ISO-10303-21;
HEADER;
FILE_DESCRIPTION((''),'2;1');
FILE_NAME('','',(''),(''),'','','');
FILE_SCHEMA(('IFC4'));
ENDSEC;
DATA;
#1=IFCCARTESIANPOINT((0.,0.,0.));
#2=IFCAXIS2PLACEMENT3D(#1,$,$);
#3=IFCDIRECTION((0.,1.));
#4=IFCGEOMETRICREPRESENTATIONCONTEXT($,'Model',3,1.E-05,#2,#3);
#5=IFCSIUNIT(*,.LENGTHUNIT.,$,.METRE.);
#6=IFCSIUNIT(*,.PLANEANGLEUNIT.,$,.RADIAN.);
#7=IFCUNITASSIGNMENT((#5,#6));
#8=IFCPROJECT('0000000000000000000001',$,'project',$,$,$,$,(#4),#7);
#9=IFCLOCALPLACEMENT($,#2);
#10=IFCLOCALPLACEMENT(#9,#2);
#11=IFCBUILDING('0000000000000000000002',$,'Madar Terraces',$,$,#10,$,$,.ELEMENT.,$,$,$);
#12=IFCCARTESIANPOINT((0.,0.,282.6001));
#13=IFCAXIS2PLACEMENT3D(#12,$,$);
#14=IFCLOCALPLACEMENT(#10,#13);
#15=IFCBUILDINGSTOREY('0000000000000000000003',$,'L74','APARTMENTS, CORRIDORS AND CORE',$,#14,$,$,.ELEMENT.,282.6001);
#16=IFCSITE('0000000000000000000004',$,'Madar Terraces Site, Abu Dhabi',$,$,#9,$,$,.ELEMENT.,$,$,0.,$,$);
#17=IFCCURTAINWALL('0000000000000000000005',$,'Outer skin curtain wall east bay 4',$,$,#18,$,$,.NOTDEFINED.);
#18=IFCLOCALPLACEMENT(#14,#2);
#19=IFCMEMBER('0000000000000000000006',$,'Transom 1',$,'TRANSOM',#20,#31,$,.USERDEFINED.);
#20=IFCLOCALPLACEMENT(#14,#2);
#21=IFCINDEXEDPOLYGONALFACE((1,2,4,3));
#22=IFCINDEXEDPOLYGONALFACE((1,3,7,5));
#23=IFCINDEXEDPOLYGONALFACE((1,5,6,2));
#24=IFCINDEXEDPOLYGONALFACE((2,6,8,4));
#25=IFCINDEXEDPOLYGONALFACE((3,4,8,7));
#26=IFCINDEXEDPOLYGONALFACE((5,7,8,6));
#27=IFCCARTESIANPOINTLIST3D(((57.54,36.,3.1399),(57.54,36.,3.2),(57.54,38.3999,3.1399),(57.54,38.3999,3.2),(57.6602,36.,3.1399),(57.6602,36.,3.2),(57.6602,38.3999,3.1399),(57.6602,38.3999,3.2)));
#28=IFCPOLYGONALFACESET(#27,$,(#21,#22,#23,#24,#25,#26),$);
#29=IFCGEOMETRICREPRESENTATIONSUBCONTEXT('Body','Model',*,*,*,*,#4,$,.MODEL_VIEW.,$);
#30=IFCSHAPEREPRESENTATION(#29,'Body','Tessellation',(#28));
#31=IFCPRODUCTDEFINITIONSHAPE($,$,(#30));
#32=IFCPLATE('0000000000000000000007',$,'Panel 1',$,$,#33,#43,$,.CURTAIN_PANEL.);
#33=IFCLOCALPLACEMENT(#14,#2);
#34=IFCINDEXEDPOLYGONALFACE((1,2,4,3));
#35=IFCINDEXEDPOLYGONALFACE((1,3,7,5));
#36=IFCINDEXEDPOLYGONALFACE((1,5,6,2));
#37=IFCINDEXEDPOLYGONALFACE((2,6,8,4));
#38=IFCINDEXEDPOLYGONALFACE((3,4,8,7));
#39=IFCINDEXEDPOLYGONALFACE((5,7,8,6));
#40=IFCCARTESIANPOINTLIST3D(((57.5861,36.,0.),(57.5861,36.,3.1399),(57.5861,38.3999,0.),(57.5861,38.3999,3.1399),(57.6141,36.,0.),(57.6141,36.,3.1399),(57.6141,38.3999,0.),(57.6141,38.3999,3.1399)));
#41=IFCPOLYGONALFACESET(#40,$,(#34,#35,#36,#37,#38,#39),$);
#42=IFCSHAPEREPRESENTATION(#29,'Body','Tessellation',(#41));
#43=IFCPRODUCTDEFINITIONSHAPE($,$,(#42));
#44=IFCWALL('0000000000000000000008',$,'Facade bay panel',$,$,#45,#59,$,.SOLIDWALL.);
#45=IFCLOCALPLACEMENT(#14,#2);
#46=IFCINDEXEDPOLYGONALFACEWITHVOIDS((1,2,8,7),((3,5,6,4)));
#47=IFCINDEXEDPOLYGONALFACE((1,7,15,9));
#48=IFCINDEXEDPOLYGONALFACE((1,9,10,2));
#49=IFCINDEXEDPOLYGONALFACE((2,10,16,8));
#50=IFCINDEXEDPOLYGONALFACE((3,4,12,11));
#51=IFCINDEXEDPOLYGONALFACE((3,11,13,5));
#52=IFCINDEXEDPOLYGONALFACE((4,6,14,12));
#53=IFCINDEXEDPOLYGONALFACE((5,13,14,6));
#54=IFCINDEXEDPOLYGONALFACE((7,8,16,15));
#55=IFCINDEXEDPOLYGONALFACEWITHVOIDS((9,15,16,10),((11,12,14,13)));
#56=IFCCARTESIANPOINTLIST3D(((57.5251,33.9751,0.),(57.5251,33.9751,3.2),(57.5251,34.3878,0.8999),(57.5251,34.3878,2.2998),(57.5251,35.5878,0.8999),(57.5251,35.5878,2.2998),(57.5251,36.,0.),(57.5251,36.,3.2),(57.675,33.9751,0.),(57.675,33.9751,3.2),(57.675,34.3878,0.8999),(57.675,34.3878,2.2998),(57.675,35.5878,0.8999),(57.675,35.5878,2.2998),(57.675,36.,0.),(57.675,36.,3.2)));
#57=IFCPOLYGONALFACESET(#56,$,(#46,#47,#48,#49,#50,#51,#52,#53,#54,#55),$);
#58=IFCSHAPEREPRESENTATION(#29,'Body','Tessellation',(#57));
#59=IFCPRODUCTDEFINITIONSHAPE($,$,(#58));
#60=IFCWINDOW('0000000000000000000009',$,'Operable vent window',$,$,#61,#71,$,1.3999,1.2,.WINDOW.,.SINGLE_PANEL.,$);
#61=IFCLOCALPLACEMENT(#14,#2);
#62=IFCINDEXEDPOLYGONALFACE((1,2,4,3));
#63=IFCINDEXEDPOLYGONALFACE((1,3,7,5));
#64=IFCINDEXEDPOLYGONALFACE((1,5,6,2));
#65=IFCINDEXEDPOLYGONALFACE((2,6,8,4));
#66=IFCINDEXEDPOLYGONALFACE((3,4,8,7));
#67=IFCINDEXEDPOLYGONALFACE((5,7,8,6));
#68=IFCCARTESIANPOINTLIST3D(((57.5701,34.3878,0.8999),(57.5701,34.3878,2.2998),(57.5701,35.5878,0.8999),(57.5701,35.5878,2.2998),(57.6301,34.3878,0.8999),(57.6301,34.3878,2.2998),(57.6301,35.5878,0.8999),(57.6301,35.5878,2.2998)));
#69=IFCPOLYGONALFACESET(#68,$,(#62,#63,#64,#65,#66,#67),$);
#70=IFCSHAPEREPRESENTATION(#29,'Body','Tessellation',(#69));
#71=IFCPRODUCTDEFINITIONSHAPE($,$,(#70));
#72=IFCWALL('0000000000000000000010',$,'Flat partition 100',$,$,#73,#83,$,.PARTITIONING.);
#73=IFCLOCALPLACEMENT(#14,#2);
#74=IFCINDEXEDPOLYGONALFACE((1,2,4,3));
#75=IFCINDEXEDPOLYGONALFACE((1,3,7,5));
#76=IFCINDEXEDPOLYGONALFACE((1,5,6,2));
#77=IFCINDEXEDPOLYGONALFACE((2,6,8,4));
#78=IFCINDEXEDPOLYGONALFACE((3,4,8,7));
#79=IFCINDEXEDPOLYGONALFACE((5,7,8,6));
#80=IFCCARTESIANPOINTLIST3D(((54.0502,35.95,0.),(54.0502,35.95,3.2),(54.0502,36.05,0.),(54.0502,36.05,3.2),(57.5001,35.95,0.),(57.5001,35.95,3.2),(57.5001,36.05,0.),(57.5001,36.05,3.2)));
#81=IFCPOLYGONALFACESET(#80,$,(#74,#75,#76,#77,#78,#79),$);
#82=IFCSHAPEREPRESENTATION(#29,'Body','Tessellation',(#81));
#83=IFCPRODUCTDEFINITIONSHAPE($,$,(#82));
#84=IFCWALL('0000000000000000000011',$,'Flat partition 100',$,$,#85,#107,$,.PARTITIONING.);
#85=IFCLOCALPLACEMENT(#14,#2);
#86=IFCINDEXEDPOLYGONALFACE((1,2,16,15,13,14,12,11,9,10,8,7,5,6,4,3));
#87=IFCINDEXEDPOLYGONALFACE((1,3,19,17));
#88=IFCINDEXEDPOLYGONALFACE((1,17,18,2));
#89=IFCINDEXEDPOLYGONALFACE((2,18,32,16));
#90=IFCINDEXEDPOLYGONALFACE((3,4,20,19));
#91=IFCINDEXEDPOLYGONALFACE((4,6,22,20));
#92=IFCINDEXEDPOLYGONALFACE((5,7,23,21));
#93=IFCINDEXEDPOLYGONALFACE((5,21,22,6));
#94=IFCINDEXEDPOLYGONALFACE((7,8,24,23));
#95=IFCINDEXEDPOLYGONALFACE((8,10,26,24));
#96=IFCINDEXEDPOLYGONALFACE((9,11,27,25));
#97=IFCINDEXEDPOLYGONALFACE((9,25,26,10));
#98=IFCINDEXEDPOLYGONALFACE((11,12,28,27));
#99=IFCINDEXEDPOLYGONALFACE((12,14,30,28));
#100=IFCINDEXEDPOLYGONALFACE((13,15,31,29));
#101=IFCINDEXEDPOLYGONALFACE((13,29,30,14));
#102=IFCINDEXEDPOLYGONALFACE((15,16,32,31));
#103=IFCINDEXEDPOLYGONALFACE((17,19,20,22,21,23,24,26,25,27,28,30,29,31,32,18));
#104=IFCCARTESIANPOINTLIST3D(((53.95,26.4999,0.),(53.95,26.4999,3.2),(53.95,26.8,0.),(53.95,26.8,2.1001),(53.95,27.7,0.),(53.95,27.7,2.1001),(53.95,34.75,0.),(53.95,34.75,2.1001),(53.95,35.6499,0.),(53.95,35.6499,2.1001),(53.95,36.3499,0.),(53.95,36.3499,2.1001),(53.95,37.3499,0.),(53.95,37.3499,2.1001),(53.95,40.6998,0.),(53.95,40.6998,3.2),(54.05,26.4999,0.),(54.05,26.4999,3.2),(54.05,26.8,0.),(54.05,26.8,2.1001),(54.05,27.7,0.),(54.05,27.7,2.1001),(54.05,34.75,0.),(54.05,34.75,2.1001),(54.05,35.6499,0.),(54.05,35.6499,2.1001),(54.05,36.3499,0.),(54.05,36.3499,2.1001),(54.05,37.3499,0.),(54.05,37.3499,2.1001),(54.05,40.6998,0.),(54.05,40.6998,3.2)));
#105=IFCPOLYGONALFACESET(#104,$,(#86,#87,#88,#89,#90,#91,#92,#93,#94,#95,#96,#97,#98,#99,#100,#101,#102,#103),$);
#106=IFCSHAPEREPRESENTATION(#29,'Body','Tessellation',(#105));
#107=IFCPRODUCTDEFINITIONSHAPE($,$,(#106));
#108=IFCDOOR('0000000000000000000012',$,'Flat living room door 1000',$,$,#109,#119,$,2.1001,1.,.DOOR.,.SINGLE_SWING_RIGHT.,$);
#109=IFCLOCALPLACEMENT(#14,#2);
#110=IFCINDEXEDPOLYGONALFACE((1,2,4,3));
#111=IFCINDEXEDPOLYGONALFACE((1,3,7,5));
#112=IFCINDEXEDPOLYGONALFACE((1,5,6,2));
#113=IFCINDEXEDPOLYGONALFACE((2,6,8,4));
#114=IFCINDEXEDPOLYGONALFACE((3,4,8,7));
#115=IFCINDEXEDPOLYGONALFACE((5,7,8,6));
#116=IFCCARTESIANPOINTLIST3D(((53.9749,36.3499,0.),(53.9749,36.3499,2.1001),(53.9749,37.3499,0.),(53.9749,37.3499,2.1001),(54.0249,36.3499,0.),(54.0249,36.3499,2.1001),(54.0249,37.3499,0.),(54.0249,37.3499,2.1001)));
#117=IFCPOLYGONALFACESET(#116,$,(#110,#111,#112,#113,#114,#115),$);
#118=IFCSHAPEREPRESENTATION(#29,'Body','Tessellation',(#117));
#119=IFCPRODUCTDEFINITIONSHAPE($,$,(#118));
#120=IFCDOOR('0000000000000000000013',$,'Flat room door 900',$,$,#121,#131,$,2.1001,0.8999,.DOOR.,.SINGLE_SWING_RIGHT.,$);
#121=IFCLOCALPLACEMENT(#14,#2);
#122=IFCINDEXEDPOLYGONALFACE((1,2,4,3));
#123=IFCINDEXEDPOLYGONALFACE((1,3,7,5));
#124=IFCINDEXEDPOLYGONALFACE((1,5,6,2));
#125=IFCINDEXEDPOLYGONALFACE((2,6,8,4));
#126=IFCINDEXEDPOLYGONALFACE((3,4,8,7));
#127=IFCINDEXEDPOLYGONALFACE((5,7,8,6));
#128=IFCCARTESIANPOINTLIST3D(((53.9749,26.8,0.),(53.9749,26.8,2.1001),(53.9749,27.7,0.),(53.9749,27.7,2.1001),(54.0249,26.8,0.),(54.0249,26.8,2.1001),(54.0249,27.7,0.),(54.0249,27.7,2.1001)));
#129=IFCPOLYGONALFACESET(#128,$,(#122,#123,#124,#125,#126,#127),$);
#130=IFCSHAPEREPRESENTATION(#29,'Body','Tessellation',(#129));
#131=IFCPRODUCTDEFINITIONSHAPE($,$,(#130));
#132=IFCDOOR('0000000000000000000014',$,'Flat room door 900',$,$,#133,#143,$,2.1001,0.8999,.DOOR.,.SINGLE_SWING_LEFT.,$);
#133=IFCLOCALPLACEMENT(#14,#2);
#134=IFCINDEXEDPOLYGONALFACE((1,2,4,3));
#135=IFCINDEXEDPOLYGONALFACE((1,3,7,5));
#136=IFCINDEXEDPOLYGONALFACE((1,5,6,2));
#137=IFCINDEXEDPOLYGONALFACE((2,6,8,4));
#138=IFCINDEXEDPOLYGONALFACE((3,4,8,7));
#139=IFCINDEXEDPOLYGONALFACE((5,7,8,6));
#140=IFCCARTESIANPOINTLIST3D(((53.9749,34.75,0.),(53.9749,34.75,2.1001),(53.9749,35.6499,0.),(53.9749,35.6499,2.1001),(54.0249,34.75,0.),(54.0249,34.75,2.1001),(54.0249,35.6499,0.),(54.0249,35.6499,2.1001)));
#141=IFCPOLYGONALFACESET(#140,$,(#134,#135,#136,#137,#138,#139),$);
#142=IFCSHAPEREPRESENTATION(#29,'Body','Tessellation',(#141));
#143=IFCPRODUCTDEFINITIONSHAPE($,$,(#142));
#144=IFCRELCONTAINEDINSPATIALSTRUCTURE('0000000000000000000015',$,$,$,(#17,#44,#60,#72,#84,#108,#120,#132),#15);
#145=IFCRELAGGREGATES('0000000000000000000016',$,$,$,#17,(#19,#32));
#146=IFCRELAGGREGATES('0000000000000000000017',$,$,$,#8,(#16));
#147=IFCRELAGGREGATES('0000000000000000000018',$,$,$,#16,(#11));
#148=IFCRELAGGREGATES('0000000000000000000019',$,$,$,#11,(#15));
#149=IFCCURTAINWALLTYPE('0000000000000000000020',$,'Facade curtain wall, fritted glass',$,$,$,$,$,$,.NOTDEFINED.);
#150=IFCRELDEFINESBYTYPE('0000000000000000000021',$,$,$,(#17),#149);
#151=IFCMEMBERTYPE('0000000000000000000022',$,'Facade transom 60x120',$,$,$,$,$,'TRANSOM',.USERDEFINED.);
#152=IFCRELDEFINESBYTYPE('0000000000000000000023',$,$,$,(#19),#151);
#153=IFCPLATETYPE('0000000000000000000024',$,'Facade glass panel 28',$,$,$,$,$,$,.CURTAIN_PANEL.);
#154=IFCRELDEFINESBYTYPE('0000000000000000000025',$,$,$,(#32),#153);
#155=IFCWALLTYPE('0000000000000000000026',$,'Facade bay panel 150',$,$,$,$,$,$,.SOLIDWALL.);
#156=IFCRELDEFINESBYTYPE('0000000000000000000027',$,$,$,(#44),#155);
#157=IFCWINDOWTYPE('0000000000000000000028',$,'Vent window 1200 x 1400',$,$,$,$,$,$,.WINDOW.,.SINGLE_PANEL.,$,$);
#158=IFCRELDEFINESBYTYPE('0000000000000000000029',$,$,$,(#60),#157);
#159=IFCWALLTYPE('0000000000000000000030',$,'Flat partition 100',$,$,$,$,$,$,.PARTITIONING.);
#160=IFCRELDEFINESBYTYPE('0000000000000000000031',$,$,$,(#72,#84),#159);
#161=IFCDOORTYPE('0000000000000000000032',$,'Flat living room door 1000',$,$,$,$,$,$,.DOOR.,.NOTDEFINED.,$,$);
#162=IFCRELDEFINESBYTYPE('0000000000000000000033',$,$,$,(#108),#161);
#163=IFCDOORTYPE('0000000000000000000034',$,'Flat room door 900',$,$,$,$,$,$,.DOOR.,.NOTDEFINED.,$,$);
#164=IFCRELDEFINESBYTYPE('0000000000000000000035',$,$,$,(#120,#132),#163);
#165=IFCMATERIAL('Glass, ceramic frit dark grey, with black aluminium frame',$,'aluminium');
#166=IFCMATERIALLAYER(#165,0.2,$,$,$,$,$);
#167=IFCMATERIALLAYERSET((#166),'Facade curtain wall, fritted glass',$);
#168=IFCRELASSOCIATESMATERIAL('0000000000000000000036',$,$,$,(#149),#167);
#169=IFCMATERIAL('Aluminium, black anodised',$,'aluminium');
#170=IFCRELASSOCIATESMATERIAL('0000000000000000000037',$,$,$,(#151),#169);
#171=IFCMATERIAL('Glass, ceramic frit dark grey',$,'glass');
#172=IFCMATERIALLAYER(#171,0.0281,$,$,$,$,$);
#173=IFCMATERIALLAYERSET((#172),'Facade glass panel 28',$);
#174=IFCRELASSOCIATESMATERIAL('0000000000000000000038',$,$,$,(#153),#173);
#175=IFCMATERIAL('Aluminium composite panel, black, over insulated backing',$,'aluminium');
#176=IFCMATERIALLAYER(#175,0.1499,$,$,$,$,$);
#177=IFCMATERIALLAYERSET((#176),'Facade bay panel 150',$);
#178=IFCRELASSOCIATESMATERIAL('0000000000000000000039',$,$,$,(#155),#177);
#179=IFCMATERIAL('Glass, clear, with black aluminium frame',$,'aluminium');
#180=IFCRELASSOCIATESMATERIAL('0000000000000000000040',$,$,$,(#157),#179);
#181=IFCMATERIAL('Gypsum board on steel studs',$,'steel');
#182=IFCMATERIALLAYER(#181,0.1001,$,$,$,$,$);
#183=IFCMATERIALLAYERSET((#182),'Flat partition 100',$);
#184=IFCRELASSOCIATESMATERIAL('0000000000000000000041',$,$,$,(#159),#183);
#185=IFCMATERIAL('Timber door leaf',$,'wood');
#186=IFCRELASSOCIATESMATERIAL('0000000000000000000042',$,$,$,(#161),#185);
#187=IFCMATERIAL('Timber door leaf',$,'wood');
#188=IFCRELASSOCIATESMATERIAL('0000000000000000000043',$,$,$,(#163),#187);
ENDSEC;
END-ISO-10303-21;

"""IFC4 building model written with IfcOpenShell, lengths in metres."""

from ifc_helpers import new_model, si_unit, direction, frame, frame_2d, origin, origin_2d, place, context, subcontext, project, spatial, rectangle, extrude, material, layer, layer_set, material_profile, profile_set, type_object, element, fill, aggregate, save


model = new_model("IFC4")

# Units and contexts
model_context = context("Model", 3, precision=1e-05, world=origin(), true_north=direction((0.0, 1.0)))
body_context = subcontext(model_context, "Body", "Model", "MODEL_VIEW")
ifc_project = project(units=[si_unit("LENGTHUNIT", "METRE"), si_unit("PLANEANGLEUNIT", "RADIAN")], contexts=[model_context])

# Site, building, storey
site_placement = place(None, origin())
site = spatial("IfcSite", under=ifc_project, at=site_placement, Name="Madar Terraces Site, Abu Dhabi", CompositionType="ELEMENT", RefElevation=0.0)
building_placement = place(site_placement, origin())
building = spatial("IfcBuilding", under=site, at=building_placement, Name="Madar Terraces", CompositionType="ELEMENT")
storey_placement = place(building_placement, frame((0.0, 0.0, 282.6001)))
storey = spatial("IfcBuildingStorey", under=building, at=storey_placement, Name="L74", Description="APARTMENTS, CORRIDORS AND CORE", CompositionType="ELEMENT", Elevation=282.6001)

# Curtain wall, member, plate
ifc_material_1 = material(Name="Glass, ceramic frit dark grey, with black aluminium frame", Category="aluminium")
ifc_layer_1 = layer(ifc_material_1, 0.2)
ifc_layer_set_1 = layer_set([ifc_layer_1], Name="Facade curtain wall, fritted glass")
curtain_wall_type = type_object("IfcCurtainWallType", Name="Facade curtain wall, fritted glass", PredefinedType="NOTDEFINED", material=ifc_layer_set_1)
curtain_wall_placement = place(storey_placement, origin())
curtain_wall = element("IfcCurtainWall", 1, at=curtain_wall_placement, inside=storey, type_object=curtain_wall_type, Name="Outer skin curtain wall east bay 4", PredefinedType="NOTDEFINED")
ifc_material_2 = material(Name="Aluminium, black anodised", Category="aluminium")
ifc_material_profile = material_profile(ifc_material_2, rectangle(XDim=0.1201, YDim=0.0601, at=origin_2d()), Name="Facade transom 60x120")
ifc_profile_set = profile_set([ifc_material_profile], Name="Aluminium, black anodised")
member_type = type_object("IfcMemberType", Name="Facade transom 60x120", ElementType="TRANSOM", PredefinedType="USERDEFINED", material=ifc_profile_set)
member_placement = place(storey_placement, frame((57.6001, 36.0, 3.1699), z_axis=(0.0, 1.0, 0.0), x_axis=(-1.0, 0.0, 0.0)))
member = element("IfcMember", 2, at=member_placement, type_object=member_type, Name="Transom 1", ObjectType="TRANSOM", PredefinedType="USERDEFINED", context=body_context, shape_type="SweptSolid", body=[
    extrude(rectangle(XDim=0.1201, YDim=0.0601, at=origin_2d()), origin(), (0.0, 0.0, 1.0), 2.3999),
])
ifc_material_3 = material(Name="Glass, ceramic frit dark grey", Category="glass")
ifc_layer_2 = layer(ifc_material_3, 0.0281)
ifc_layer_set_2 = layer_set([ifc_layer_2], Name="Facade glass panel 28")
plate_type = type_object("IfcPlateType", Name="Facade glass panel 28", PredefinedType="CURTAIN_PANEL", material=ifc_layer_set_2)
plate_placement = place(storey_placement, frame((57.6001, 37.2, 0.0), z_axis=(0.0, 0.0, 1.0), x_axis=(0.0, 1.0, 0.0)))
plate = element("IfcPlate", 3, at=plate_placement, type_object=plate_type, Name="Panel 1", PredefinedType="CURTAIN_PANEL", context=body_context, shape_type="SweptSolid", body=[
    extrude(rectangle(XDim=2.3999, YDim=0.0281, at=origin_2d()), origin(), (0.0, 0.0, 1.0), 3.1399),
])
aggregate(curtain_wall, [member, plate])

# Wall, opening, window
ifc_material_4 = material(Name="Aluminium composite panel, black, over insulated backing", Category="aluminium")
ifc_layer_3 = layer(ifc_material_4, 0.1499)
ifc_layer_set_3 = layer_set([ifc_layer_3], Name="Facade bay panel 150")
wall_type_1 = type_object("IfcWallType", Name="Facade bay panel 150", PredefinedType="SOLIDWALL", material=ifc_layer_set_3)
wall_1_placement = place(storey_placement, frame((57.6001, 33.9751, 0.0), z_axis=(0.0, 0.0, 1.0), x_axis=(0.0, 1.0, 0.0)))
wall_1 = element("IfcWall", 4, at=wall_1_placement, inside=storey, type_object=wall_type_1, Name="Facade bay panel", PredefinedType="SOLIDWALL", context=body_context, shape_type="SweptSolid", body=[
    extrude(rectangle(XDim=2.0249, YDim=0.1499, at=frame_2d((1.0125, 0.0))), origin(), (0.0, 0.0, 1.0), 3.2),
])
opening_1_placement = place(wall_1_placement, frame((0.4126, 0.0, 0.8999)))
opening_1 = element("IfcOpeningElement", 5, at=opening_1_placement, cuts=wall_1, PredefinedType="OPENING", context=body_context, shape_type="SweptSolid", body=[
    extrude(rectangle(XDim=1.2, YDim=1.3999, at=frame_2d((0.6001, 0.7))), frame((0.0, 0.085, 0.0), z_axis=(0.0, -1.0, 0.0), x_axis=(1.0, 0.0, 0.0)), (0.0, 0.0, 1.0), 0.1699),
])
ifc_material_5 = material(Name="Glass, clear, with black aluminium frame", Category="aluminium")
window_type = type_object("IfcWindowType", Name="Vent window 1200 x 1400", PartitioningType="SINGLE_PANEL", PredefinedType="WINDOW", material=ifc_material_5)
window_placement = place(opening_1_placement, origin())
window = element("IfcWindow", 6, at=window_placement, inside=storey, type_object=window_type, Name="Operable vent window", OverallHeight=1.3999, OverallWidth=1.2, PartitioningType="SINGLE_PANEL", PredefinedType="WINDOW", context=body_context, shape_type="SweptSolid", body=[
    extrude(rectangle(XDim=1.2, YDim=1.3999, at=frame_2d((0.6001, 0.7))), frame((0.0, 0.03, 0.0), z_axis=(0.0, -1.0, 0.0), x_axis=(1.0, 0.0, 0.0)), (0.0, 0.0, 1.0), 0.0601),
])
fill(opening_1, window)

# Wall
ifc_material_6 = material(Name="Gypsum board on steel studs", Category="steel")
ifc_layer_4 = layer(ifc_material_6, 0.1001)
ifc_layer_set_4 = layer_set([ifc_layer_4], Name="Flat partition 100")
wall_type_2 = type_object("IfcWallType", Name="Flat partition 100", PredefinedType="PARTITIONING", material=ifc_layer_set_4)
wall_2_placement = place(storey_placement, frame((54.05, 36.0, 0.0), z_axis=(0.0, 0.0, 1.0), x_axis=(1.0, 0.0, 0.0)))
element("IfcWall", 7, at=wall_2_placement, inside=storey, type_object=wall_type_2, Name="Flat partition 100", PredefinedType="PARTITIONING", context=body_context, shape_type="SweptSolid", body=[
    extrude(rectangle(XDim=3.45, YDim=0.1001, at=frame_2d((1.7251, 0.0))), origin(), (0.0, 0.0, 1.0), 3.2),
])

# Wall, openings, doors
wall_3_placement = place(storey_placement, frame((54.0, 40.7, 0.0), z_axis=(0.0, 0.0, 1.0), x_axis=(0.0, -1.0, 0.0)))
wall_3 = element("IfcWall", 8, at=wall_3_placement, inside=storey, type_object=wall_type_2, Name="Flat partition 100", PredefinedType="PARTITIONING", context=body_context, shape_type="SweptSolid", body=[
    extrude(rectangle(XDim=14.2, YDim=0.1001, at=frame_2d((7.1001, 0.0))), origin(), (0.0, 0.0, 1.0), 3.2),
])
opening_2_placement = place(wall_3_placement, frame((13.0, 0.0, 0.0)))
opening_2 = element("IfcOpeningElement", 9, at=opening_2_placement, cuts=wall_3, PredefinedType="OPENING", context=body_context, shape_type="SweptSolid", body=[
    extrude(rectangle(XDim=0.8999, YDim=2.1001, at=frame_2d((0.45, 1.05))), frame((0.0, 0.0601, 0.0), z_axis=(0.0, -1.0, 0.0), x_axis=(1.0, 0.0, 0.0)), (0.0, 0.0, 1.0), 0.1201),
])
opening_3_placement = place(wall_3_placement, frame((5.05, 0.0, 0.0)))
opening_3 = element("IfcOpeningElement", 10, at=opening_3_placement, cuts=wall_3, PredefinedType="OPENING", context=body_context, shape_type="SweptSolid", body=[
    extrude(rectangle(XDim=0.8999, YDim=2.1001, at=frame_2d((0.45, 1.05))), frame((0.0, 0.0601, 0.0), z_axis=(0.0, -1.0, 0.0), x_axis=(1.0, 0.0, 0.0)), (0.0, 0.0, 1.0), 0.1201),
])
opening_4_placement = place(wall_3_placement, frame((3.3501, 0.0, 0.0)))
opening_4 = element("IfcOpeningElement", 11, at=opening_4_placement, cuts=wall_3, PredefinedType="OPENING", context=body_context, shape_type="SweptSolid", body=[
    extrude(rectangle(XDim=1.0, YDim=2.1001, at=frame_2d((0.5, 1.05))), frame((0.0, 0.0601, 0.0), z_axis=(0.0, -1.0, 0.0), x_axis=(1.0, 0.0, 0.0)), (0.0, 0.0, 1.0), 0.1201),
])
ifc_material_7 = material(Name="Timber door leaf", Category="wood")
door_type_1 = type_object("IfcDoorType", Name="Flat living room door 1000", OperationType="NOTDEFINED", PredefinedType="DOOR", material=ifc_material_7)
door_1_placement = place(opening_4_placement, origin())
door_1 = element("IfcDoor", 12, at=door_1_placement, inside=storey, type_object=door_type_1, Name="Flat living room door 1000", OperationType="SINGLE_SWING_RIGHT", OverallHeight=2.1001, OverallWidth=1.0, PredefinedType="DOOR", context=body_context, shape_type="SweptSolid", body=[
    extrude(rectangle(XDim=1.0, YDim=2.1001, at=frame_2d((0.5, 1.05))), frame((0.0, 0.0249, 0.0), z_axis=(0.0, -1.0, 0.0), x_axis=(1.0, 0.0, 0.0)), (0.0, 0.0, 1.0), 0.05),
])
fill(opening_4, door_1)
ifc_material_8 = material(Name="Timber door leaf", Category="wood")
door_type_2 = type_object("IfcDoorType", Name="Flat room door 900", OperationType="NOTDEFINED", PredefinedType="DOOR", material=ifc_material_8)
door_2_placement = place(opening_2_placement, origin())
door_2 = element("IfcDoor", 13, at=door_2_placement, inside=storey, type_object=door_type_2, Name="Flat room door 900", OperationType="SINGLE_SWING_RIGHT", OverallHeight=2.1001, OverallWidth=0.8999, PredefinedType="DOOR", context=body_context, shape_type="SweptSolid", body=[
    extrude(rectangle(XDim=0.8999, YDim=2.1001, at=frame_2d((0.45, 1.05))), frame((0.0, 0.0249, 0.0), z_axis=(0.0, -1.0, 0.0), x_axis=(1.0, 0.0, 0.0)), (0.0, 0.0, 1.0), 0.05),
])
fill(opening_2, door_2)
door_3_placement = place(opening_3_placement, origin())
door_3 = element("IfcDoor", 14, at=door_3_placement, inside=storey, type_object=door_type_2, Name="Flat room door 900", OperationType="SINGLE_SWING_LEFT", OverallHeight=2.1001, OverallWidth=0.8999, PredefinedType="DOOR", context=body_context, shape_type="SweptSolid", body=[
    extrude(rectangle(XDim=0.8999, YDim=2.1001, at=frame_2d((0.45, 1.05))), frame((0.0, 0.0249, 0.0), z_axis=(0.0, -1.0, 0.0), x_axis=(1.0, 0.0, 0.0)), (0.0, 0.0, 1.0), 0.05),
])
fill(opening_3, door_3)

save(model, "model.ifc")
